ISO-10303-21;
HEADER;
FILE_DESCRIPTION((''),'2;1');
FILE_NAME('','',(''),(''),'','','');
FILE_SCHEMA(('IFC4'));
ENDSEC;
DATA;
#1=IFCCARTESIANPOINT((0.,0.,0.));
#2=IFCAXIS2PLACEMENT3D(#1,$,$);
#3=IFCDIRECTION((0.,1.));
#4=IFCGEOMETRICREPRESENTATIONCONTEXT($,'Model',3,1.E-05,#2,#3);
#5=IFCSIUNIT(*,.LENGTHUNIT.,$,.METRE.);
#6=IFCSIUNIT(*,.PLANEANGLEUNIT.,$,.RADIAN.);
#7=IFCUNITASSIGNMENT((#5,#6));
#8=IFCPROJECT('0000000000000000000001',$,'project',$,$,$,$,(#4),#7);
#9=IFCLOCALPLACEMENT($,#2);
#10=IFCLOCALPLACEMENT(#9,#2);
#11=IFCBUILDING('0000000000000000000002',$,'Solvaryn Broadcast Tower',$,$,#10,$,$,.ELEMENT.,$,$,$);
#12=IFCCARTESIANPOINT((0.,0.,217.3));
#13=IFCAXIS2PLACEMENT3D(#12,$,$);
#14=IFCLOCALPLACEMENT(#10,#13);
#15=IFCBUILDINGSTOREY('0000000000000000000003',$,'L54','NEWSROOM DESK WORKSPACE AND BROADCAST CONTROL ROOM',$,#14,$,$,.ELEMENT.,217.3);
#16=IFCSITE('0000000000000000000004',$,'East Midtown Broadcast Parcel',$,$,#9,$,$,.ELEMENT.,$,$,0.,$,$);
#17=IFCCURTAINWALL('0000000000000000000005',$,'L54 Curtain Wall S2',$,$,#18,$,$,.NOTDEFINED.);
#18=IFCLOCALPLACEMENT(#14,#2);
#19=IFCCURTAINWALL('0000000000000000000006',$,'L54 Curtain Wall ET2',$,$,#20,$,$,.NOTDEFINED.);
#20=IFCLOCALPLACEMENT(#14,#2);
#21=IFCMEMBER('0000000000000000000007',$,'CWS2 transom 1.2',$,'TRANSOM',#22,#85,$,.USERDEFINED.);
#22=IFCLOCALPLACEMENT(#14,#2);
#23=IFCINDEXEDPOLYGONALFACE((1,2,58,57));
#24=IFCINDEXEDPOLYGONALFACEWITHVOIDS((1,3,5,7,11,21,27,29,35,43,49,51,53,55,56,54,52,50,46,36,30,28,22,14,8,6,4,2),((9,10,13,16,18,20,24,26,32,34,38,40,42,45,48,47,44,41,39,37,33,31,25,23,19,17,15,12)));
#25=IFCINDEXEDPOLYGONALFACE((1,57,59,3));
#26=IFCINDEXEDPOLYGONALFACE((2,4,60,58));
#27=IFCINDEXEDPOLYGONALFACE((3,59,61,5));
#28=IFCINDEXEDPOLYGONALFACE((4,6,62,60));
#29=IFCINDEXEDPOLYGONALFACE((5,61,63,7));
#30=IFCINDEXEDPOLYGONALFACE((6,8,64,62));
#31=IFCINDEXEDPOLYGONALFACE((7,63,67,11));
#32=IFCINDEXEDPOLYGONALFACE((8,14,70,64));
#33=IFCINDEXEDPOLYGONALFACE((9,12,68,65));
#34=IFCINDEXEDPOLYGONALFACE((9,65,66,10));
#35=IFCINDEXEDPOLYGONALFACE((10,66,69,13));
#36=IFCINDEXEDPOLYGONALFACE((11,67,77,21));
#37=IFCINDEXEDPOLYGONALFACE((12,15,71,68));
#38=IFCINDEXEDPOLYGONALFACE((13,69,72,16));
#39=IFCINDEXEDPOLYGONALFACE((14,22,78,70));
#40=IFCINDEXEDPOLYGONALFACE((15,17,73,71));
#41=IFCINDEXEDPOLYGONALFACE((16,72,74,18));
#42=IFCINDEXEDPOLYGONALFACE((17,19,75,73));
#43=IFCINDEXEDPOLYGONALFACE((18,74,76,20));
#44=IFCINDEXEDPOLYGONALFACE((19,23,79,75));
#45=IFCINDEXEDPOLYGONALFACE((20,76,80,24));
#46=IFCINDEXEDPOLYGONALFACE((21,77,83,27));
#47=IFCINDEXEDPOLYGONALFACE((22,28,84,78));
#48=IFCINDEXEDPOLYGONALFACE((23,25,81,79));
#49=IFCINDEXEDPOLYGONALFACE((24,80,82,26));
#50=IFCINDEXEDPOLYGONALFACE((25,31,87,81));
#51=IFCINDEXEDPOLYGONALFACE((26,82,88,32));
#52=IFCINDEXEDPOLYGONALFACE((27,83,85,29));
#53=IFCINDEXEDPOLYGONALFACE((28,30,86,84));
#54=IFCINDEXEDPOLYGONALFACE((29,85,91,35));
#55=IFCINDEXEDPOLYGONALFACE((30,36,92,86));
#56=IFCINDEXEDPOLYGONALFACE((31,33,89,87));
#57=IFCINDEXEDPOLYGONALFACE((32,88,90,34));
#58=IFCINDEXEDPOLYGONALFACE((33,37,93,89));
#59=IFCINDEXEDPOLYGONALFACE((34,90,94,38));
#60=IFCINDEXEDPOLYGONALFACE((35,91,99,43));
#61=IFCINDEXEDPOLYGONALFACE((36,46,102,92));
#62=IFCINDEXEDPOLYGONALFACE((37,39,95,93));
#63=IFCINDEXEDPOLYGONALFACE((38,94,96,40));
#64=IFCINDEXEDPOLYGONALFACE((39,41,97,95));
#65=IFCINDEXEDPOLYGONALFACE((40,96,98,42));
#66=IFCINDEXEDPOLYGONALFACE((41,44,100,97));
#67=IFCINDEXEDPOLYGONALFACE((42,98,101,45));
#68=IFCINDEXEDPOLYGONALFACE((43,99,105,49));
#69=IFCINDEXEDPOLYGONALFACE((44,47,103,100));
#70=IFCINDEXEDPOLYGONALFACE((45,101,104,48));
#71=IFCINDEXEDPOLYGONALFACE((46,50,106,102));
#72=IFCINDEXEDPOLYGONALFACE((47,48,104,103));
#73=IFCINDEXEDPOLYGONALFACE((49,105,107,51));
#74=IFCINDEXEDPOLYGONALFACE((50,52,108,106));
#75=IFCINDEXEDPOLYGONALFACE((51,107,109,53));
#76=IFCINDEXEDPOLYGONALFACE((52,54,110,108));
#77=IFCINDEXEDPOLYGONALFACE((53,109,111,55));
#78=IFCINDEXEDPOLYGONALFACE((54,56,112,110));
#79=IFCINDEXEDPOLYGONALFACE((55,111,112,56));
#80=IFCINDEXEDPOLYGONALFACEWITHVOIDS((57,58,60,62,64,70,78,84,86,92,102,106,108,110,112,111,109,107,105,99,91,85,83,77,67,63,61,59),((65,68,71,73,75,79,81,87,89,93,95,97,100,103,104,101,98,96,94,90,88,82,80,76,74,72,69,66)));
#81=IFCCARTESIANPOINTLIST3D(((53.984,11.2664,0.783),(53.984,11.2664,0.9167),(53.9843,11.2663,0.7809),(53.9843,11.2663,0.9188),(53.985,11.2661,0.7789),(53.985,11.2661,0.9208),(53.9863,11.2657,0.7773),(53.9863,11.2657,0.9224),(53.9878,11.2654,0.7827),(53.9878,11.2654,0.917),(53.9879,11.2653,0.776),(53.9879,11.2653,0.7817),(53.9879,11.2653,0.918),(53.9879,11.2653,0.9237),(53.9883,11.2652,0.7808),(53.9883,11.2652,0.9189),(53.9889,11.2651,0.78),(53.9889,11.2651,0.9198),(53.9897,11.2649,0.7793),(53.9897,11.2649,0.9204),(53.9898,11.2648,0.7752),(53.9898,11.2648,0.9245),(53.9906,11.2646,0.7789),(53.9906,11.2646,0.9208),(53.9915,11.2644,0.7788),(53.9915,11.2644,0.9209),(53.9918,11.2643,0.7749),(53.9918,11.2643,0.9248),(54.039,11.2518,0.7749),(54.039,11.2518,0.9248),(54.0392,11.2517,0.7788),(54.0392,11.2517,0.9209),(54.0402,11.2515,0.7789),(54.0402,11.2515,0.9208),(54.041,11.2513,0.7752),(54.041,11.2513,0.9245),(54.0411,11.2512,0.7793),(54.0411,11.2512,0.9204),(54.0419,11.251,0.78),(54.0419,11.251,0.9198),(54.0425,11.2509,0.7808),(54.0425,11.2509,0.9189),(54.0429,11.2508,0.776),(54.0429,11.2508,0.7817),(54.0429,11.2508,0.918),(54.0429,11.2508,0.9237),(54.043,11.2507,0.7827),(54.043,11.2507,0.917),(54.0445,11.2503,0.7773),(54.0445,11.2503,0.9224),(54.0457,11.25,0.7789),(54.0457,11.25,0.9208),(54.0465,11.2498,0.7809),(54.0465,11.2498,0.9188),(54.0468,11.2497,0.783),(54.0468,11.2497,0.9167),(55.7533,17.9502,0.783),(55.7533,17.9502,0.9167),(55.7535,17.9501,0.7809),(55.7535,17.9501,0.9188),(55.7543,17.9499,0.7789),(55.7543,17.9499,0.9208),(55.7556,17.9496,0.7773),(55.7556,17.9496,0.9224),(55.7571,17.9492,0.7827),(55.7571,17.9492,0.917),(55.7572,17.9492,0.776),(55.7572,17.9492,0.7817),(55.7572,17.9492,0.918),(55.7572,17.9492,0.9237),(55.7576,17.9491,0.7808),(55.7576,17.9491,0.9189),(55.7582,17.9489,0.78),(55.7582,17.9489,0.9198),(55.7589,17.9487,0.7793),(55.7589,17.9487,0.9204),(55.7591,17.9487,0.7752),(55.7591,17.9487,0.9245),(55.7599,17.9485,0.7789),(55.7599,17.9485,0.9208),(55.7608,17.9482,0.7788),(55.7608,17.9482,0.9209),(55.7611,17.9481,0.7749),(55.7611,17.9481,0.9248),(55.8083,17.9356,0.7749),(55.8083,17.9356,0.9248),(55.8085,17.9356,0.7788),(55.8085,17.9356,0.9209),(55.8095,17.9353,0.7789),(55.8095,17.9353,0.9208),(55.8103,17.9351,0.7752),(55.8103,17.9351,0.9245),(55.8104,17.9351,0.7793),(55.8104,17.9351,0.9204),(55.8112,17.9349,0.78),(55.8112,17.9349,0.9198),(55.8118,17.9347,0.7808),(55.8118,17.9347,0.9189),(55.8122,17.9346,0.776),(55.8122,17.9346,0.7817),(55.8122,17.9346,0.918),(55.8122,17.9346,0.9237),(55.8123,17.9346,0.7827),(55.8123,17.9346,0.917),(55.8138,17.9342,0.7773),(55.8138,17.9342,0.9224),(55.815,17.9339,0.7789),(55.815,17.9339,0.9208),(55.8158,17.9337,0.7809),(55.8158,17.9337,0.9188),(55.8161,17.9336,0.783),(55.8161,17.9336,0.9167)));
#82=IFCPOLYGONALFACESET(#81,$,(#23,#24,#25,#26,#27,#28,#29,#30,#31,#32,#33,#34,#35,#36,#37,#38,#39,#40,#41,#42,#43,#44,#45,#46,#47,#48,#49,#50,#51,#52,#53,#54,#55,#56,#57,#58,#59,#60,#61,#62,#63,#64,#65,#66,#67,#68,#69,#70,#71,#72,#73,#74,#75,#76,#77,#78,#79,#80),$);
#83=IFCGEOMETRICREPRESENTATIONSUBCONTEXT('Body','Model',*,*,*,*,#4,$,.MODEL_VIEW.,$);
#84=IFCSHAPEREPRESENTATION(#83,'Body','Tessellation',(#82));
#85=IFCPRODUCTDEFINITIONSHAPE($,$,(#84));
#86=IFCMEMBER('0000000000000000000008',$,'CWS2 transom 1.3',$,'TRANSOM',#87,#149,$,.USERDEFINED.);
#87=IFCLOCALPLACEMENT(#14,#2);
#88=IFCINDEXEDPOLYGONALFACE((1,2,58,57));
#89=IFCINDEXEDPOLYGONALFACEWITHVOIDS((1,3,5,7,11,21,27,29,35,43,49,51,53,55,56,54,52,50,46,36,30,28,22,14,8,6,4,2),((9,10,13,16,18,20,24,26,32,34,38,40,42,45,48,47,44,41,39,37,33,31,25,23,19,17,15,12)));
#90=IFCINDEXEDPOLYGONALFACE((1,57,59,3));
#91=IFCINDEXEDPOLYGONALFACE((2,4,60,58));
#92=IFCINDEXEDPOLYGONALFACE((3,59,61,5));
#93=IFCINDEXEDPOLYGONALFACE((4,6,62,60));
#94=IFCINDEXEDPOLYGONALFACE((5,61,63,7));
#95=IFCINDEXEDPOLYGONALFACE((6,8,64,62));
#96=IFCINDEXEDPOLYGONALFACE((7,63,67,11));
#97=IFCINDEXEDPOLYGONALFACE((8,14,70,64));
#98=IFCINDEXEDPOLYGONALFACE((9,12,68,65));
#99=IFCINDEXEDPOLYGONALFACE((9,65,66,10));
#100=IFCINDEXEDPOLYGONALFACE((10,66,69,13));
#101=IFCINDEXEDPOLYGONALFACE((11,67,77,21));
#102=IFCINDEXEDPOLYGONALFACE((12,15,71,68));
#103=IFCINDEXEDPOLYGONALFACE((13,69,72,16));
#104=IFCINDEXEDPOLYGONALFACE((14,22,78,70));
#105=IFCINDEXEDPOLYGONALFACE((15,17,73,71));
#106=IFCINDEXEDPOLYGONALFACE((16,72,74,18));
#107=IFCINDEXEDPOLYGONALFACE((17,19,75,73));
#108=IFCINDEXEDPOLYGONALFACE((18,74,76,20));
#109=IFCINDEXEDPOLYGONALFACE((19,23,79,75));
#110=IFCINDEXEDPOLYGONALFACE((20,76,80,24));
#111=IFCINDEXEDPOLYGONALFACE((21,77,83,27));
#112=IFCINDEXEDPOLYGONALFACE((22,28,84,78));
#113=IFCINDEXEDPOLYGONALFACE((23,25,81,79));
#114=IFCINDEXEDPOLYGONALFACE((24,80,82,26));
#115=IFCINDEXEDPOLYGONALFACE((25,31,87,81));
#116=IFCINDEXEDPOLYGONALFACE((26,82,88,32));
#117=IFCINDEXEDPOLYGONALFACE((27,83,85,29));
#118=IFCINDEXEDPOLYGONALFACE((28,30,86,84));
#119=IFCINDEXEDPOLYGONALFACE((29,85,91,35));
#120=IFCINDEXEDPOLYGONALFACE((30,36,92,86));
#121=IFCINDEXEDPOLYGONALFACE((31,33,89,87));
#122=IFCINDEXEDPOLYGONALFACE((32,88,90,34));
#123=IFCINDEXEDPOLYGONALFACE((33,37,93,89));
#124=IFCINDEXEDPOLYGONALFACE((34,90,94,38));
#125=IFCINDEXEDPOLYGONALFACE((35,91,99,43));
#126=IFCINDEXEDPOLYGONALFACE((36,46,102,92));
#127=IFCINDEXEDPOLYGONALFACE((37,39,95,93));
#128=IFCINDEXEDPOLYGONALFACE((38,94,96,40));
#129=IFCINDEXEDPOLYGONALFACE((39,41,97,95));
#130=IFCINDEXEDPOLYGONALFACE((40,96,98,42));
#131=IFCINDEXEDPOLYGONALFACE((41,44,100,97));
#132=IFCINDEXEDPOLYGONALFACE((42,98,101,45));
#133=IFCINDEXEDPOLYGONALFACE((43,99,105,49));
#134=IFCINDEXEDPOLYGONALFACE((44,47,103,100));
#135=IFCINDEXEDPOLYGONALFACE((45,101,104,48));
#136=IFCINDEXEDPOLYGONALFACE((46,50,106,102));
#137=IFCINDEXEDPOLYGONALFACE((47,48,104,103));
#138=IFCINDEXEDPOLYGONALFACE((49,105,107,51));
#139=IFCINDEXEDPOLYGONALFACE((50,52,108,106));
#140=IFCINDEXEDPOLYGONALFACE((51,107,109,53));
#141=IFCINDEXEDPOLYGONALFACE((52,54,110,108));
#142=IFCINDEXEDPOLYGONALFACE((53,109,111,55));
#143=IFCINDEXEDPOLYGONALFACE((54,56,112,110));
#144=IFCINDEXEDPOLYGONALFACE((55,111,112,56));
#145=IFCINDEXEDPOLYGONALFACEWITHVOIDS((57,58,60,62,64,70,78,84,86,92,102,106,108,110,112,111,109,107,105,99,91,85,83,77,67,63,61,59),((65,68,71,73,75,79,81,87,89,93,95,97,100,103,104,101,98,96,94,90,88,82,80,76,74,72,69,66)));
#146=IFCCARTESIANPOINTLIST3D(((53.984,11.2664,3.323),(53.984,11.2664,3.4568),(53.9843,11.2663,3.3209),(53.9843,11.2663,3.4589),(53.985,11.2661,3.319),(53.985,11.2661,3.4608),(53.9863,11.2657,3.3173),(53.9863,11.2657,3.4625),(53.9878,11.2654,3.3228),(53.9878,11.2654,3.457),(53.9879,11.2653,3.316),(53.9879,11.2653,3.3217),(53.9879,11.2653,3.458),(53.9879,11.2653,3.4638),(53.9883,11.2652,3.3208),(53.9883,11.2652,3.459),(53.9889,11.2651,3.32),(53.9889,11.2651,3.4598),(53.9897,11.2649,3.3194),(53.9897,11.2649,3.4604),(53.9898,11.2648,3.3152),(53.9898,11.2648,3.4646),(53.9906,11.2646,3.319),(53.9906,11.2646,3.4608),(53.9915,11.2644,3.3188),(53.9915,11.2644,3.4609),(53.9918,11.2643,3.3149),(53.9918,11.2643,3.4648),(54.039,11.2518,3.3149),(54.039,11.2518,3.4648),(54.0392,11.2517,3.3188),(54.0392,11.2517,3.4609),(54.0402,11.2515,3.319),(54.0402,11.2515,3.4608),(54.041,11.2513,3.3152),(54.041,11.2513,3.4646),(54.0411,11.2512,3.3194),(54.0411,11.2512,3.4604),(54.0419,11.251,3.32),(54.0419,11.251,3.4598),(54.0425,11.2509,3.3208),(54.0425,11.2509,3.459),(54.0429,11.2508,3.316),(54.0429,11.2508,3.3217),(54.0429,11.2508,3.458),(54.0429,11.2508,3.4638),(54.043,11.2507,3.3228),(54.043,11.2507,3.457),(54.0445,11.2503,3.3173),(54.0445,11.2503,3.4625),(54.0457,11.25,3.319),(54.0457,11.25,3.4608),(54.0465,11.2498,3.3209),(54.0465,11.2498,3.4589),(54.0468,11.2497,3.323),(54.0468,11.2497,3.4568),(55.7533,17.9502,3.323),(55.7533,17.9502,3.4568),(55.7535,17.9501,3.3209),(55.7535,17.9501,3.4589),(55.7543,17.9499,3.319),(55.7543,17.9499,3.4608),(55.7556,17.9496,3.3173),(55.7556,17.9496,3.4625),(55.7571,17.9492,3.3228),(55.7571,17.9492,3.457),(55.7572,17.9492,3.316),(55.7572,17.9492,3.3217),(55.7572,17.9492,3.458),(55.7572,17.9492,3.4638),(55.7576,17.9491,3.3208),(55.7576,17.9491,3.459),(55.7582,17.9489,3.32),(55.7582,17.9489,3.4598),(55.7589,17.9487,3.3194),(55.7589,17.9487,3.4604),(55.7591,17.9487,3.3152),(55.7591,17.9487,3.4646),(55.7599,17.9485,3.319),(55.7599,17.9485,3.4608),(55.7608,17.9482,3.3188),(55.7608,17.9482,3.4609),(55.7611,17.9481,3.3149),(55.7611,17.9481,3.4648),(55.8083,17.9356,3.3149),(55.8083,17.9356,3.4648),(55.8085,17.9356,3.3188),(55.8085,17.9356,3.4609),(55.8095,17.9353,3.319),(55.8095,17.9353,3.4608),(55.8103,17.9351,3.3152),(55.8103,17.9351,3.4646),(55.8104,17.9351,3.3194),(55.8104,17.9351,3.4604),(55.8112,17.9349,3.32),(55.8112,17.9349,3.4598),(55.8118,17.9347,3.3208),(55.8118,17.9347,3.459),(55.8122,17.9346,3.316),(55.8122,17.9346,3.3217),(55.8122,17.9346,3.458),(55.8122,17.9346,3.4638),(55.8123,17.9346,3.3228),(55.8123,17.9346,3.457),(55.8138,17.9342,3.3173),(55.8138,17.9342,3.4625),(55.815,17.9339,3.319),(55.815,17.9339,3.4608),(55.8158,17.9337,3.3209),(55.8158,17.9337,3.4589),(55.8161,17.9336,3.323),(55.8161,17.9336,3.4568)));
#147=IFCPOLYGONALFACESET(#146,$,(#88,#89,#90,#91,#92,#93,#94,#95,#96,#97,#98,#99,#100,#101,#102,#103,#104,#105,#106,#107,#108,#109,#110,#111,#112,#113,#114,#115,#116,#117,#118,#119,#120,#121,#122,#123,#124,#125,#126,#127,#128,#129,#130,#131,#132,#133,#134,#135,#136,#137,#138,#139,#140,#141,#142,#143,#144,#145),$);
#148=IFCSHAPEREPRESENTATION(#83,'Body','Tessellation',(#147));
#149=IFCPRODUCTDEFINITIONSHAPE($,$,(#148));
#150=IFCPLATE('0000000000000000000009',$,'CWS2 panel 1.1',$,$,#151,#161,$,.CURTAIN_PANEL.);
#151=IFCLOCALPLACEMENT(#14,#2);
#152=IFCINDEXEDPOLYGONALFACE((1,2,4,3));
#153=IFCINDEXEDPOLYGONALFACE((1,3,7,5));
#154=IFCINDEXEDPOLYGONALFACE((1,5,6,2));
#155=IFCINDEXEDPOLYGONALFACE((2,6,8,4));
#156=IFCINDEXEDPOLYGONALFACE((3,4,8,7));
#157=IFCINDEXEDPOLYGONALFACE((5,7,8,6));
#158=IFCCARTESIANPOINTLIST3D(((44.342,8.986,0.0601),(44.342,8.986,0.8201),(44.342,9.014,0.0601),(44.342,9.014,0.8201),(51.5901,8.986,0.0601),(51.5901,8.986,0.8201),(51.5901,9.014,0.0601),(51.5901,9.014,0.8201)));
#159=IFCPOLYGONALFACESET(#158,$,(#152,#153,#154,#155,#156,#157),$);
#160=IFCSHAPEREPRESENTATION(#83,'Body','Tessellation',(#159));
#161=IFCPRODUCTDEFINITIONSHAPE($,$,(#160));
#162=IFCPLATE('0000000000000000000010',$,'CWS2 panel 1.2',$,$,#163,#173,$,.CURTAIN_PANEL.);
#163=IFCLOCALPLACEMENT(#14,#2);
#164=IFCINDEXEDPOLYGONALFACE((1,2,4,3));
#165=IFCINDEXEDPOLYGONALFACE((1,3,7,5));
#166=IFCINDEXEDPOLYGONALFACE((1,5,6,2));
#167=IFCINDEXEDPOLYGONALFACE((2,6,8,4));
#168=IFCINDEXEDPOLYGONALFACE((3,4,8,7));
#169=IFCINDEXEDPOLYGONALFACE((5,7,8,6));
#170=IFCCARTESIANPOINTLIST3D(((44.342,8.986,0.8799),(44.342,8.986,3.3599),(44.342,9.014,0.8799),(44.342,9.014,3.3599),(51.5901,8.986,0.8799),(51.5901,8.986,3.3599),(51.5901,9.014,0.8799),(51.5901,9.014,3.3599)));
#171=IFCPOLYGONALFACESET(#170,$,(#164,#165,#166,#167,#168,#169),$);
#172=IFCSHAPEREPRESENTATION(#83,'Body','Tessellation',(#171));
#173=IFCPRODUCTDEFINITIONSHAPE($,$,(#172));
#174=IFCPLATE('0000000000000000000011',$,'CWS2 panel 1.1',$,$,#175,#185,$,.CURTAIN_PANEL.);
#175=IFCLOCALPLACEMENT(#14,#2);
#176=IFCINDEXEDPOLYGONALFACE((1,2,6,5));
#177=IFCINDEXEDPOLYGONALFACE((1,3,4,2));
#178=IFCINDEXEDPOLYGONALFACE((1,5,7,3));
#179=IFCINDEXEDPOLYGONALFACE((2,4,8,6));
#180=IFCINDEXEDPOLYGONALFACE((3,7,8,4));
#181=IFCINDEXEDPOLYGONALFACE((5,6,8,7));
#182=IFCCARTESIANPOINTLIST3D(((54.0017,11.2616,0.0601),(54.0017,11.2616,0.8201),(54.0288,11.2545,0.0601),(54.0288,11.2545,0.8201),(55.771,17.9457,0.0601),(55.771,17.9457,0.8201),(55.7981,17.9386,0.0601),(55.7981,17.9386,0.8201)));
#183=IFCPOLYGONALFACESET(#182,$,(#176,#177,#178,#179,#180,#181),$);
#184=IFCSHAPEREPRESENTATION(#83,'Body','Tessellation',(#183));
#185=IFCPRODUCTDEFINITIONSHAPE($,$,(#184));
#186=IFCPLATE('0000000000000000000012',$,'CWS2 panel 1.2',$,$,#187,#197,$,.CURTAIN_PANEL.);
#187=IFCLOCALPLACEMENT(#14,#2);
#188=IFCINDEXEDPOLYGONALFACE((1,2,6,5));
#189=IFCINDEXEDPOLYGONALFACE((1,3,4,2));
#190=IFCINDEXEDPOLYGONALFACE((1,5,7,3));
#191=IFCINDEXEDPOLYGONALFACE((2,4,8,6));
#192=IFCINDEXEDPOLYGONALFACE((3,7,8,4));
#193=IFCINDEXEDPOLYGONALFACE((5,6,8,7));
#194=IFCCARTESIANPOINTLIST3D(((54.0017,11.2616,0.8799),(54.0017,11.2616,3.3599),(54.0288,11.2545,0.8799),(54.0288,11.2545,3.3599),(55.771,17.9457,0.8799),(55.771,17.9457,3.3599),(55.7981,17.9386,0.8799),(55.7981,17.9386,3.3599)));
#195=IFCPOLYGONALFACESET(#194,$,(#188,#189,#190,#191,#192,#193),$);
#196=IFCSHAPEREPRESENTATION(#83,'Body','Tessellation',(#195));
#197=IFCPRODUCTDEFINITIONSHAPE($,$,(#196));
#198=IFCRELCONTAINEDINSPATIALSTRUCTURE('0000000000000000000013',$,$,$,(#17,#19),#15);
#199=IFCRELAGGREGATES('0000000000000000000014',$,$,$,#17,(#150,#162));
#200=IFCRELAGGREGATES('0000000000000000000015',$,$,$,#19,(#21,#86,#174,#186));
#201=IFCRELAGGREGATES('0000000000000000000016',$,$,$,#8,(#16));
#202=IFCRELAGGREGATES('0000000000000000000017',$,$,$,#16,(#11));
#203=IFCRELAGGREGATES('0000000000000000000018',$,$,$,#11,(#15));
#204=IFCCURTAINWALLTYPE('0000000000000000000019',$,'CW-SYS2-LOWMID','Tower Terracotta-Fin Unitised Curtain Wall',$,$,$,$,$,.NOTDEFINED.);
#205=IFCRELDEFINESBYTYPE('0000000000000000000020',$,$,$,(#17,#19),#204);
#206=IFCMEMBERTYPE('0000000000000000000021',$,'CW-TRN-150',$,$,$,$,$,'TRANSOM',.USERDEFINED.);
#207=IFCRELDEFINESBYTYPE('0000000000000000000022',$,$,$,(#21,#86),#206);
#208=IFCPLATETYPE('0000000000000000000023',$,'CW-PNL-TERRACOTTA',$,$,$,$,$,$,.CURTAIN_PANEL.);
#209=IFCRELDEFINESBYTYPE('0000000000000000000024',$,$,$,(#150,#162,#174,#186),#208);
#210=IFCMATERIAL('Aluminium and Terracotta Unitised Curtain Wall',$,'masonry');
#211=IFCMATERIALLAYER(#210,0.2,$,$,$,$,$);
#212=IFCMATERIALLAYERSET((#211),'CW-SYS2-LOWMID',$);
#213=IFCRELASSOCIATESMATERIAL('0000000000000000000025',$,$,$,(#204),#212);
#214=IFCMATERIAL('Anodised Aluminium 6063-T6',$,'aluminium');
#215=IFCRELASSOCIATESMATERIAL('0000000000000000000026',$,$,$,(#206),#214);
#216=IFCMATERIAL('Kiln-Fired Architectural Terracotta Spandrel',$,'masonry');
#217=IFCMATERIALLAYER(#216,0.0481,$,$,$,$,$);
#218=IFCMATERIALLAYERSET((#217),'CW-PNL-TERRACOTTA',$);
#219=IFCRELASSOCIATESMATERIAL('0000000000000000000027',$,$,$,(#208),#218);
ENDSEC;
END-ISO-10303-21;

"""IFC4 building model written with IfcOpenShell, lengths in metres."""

from ifc_helpers import new_model, si_unit, direction, frame, origin, origin_2d, place, context, subcontext, project, spatial, rectangle, hollow_rectangle, extrude, material, layer, layer_set, material_profile, profile_set, type_object, element, aggregate, save


model = new_model("IFC4")

# Units and contexts
model_context = context("Model", 3, precision=1e-05, world=origin(), true_north=direction((0.0, 1.0)))
body_context = subcontext(model_context, "Body", "Model", "MODEL_VIEW")
ifc_project = project(units=[si_unit("LENGTHUNIT", "METRE"), si_unit("PLANEANGLEUNIT", "RADIAN")], contexts=[model_context])

# Site, building, storey
site_placement = place(None, origin())
site = spatial("IfcSite", under=ifc_project, at=site_placement, Name="East Midtown Broadcast Parcel", CompositionType="ELEMENT", RefElevation=0.0)
building_placement = place(site_placement, origin())
building = spatial("IfcBuilding", under=site, at=building_placement, Name="Solvaryn Broadcast Tower", CompositionType="ELEMENT")
storey_placement = place(building_placement, frame((0.0, 0.0, 217.3)))
storey = spatial("IfcBuildingStorey", under=building, at=storey_placement, Name="L54", Description="NEWSROOM DESK WORKSPACE AND BROADCAST CONTROL ROOM", CompositionType="ELEMENT", Elevation=217.3)

# Curtain wall
ifc_material_1 = material(Name="Aluminium and Terracotta Unitised Curtain Wall", Category="masonry")
ifc_layer_1 = layer(ifc_material_1, 0.2)
ifc_layer_set_1 = layer_set([ifc_layer_1], Name="CW-SYS2-LOWMID")
curtain_wall_type = type_object("IfcCurtainWallType", Name="CW-SYS2-LOWMID", Description="Tower Terracotta-Fin Unitised Curtain Wall", PredefinedType="NOTDEFINED", material=ifc_layer_set_1)
curtain_wall_1_placement = place(storey_placement, origin())
curtain_wall_1 = element("IfcCurtainWall", 1, at=curtain_wall_1_placement, inside=storey, type_object=curtain_wall_type, Name="L54 Curtain Wall S2", PredefinedType="NOTDEFINED")

# Curtain wall, members
curtain_wall_2_placement = place(storey_placement, origin())
curtain_wall_2 = element("IfcCurtainWall", 2, at=curtain_wall_2_placement, inside=storey, type_object=curtain_wall_type, Name="L54 Curtain Wall ET2", PredefinedType="NOTDEFINED")
ifc_material_2 = material(Name="Anodised Aluminium 6063-T6", Category="aluminium")
ifc_material_profile_1 = material_profile(ifc_material_2, hollow_rectangle(XDim=0.0649, YDim=0.1499, WallThickness=0.0039, InnerFilletRadius=0.0039, OuterFilletRadius=0.0081, at=origin_2d()))
ifc_profile_set_1 = profile_set([ifc_material_profile_1], Name="Anodised Aluminium 6063-T6")
member_type_1 = type_object("IfcMemberType", Name="CW-TRN-150", ElementType="TRANSOM", PredefinedType="USERDEFINED", material=ifc_profile_set_1)
member_1_placement = place(storey_placement, frame((55.7847, 17.9419, 0.8499), z_axis=(-0.255897, -0.966704, 0.0), x_axis=(0.966704, -0.255897, 0.0)))
member_1 = element("IfcMember", 3, at=member_1_placement, type_object=member_type_1, Name="CWS2 transom 1.2", ObjectType="TRANSOM", PredefinedType="USERDEFINED", context=body_context, shape_type="SweptSolid", body=[
    extrude(hollow_rectangle(XDim=0.0649, YDim=0.1499, WallThickness=0.0039, InnerFilletRadius=0.0039, OuterFilletRadius=0.0081, at=origin_2d()), origin(), (0.0, 0.0, 1.0), 6.9141),
])
member_2_placement = place(storey_placement, frame((55.7847, 17.9419, 3.3899), z_axis=(-0.255897, -0.966704, 0.0), x_axis=(0.966704, -0.255897, 0.0)))
member_2 = element("IfcMember", 4, at=member_2_placement, type_object=member_type_1, Name="CWS2 transom 1.3", ObjectType="TRANSOM", PredefinedType="USERDEFINED", context=body_context, shape_type="SweptSolid", body=[
    extrude(hollow_rectangle(XDim=0.0649, YDim=0.1499, WallThickness=0.0039, InnerFilletRadius=0.0039, OuterFilletRadius=0.0081, at=origin_2d()), origin(), (0.0, 0.0, 1.0), 6.9141),
])

# Plates
ifc_material_3 = material(Name="Kiln-Fired Architectural Terracotta Spandrel", Category="masonry")
ifc_layer_2 = layer(ifc_material_3, 0.0481)
ifc_layer_set_2 = layer_set([ifc_layer_2], Name="CW-PNL-TERRACOTTA")
plate_type = type_object("IfcPlateType", Name="CW-PNL-TERRACOTTA", PredefinedType="CURTAIN_PANEL", material=ifc_layer_set_2)
plate_1_placement = place(storey_placement, frame((47.9661, 9.0, 0.0601), z_axis=(0.0, 0.0, 1.0), x_axis=(1.0, 0.0, 0.0)))
plate_1 = element("IfcPlate", 5, at=plate_1_placement, type_object=plate_type, Name="CWS2 panel 1.1", PredefinedType="CURTAIN_PANEL", context=body_context, shape_type="SweptSolid", body=[
    extrude(rectangle(XDim=7.248, YDim=0.0281, at=origin_2d()), origin(), (0.0, 0.0, 1.0), 0.76),
])
plate_2_placement = place(storey_placement, frame((47.9661, 9.0, 0.8799), z_axis=(0.0, 0.0, 1.0), x_axis=(1.0, 0.0, 0.0)))
plate_2 = element("IfcPlate", 6, at=plate_2_placement, type_object=plate_type, Name="CWS2 panel 1.2", PredefinedType="CURTAIN_PANEL", context=body_context, shape_type="SweptSolid", body=[
    extrude(rectangle(XDim=7.248, YDim=0.0281, at=origin_2d()), origin(), (0.0, 0.0, 1.0), 2.48),
])
aggregate(curtain_wall_1, [plate_1, plate_2])
plate_3_placement = place(storey_placement, frame((54.8999, 14.6001, 0.0601), z_axis=(0.0, 0.0, 1.0), x_axis=(-0.255893, -0.966705, 0.0)))
plate_3 = element("IfcPlate", 7, at=plate_3_placement, type_object=plate_type, Name="CWS2 panel 1.1", PredefinedType="CURTAIN_PANEL", context=body_context, shape_type="SweptSolid", body=[
    extrude(rectangle(XDim=6.9143, YDim=0.0281, at=origin_2d()), origin(), (0.0, 0.0, 1.0), 0.76),
])
plate_4_placement = place(storey_placement, frame((54.8999, 14.6001, 0.8799), z_axis=(0.0, 0.0, 1.0), x_axis=(-0.255893, -0.966705, 0.0)))
plate_4 = element("IfcPlate", 8, at=plate_4_placement, type_object=plate_type, Name="CWS2 panel 1.2", PredefinedType="CURTAIN_PANEL", context=body_context, shape_type="SweptSolid", body=[
    extrude(rectangle(XDim=6.9143, YDim=0.0281, at=origin_2d()), origin(), (0.0, 0.0, 1.0), 2.48),
])
aggregate(curtain_wall_2, [member_1, member_2, plate_3, plate_4])

save(model, "model.ifc")
